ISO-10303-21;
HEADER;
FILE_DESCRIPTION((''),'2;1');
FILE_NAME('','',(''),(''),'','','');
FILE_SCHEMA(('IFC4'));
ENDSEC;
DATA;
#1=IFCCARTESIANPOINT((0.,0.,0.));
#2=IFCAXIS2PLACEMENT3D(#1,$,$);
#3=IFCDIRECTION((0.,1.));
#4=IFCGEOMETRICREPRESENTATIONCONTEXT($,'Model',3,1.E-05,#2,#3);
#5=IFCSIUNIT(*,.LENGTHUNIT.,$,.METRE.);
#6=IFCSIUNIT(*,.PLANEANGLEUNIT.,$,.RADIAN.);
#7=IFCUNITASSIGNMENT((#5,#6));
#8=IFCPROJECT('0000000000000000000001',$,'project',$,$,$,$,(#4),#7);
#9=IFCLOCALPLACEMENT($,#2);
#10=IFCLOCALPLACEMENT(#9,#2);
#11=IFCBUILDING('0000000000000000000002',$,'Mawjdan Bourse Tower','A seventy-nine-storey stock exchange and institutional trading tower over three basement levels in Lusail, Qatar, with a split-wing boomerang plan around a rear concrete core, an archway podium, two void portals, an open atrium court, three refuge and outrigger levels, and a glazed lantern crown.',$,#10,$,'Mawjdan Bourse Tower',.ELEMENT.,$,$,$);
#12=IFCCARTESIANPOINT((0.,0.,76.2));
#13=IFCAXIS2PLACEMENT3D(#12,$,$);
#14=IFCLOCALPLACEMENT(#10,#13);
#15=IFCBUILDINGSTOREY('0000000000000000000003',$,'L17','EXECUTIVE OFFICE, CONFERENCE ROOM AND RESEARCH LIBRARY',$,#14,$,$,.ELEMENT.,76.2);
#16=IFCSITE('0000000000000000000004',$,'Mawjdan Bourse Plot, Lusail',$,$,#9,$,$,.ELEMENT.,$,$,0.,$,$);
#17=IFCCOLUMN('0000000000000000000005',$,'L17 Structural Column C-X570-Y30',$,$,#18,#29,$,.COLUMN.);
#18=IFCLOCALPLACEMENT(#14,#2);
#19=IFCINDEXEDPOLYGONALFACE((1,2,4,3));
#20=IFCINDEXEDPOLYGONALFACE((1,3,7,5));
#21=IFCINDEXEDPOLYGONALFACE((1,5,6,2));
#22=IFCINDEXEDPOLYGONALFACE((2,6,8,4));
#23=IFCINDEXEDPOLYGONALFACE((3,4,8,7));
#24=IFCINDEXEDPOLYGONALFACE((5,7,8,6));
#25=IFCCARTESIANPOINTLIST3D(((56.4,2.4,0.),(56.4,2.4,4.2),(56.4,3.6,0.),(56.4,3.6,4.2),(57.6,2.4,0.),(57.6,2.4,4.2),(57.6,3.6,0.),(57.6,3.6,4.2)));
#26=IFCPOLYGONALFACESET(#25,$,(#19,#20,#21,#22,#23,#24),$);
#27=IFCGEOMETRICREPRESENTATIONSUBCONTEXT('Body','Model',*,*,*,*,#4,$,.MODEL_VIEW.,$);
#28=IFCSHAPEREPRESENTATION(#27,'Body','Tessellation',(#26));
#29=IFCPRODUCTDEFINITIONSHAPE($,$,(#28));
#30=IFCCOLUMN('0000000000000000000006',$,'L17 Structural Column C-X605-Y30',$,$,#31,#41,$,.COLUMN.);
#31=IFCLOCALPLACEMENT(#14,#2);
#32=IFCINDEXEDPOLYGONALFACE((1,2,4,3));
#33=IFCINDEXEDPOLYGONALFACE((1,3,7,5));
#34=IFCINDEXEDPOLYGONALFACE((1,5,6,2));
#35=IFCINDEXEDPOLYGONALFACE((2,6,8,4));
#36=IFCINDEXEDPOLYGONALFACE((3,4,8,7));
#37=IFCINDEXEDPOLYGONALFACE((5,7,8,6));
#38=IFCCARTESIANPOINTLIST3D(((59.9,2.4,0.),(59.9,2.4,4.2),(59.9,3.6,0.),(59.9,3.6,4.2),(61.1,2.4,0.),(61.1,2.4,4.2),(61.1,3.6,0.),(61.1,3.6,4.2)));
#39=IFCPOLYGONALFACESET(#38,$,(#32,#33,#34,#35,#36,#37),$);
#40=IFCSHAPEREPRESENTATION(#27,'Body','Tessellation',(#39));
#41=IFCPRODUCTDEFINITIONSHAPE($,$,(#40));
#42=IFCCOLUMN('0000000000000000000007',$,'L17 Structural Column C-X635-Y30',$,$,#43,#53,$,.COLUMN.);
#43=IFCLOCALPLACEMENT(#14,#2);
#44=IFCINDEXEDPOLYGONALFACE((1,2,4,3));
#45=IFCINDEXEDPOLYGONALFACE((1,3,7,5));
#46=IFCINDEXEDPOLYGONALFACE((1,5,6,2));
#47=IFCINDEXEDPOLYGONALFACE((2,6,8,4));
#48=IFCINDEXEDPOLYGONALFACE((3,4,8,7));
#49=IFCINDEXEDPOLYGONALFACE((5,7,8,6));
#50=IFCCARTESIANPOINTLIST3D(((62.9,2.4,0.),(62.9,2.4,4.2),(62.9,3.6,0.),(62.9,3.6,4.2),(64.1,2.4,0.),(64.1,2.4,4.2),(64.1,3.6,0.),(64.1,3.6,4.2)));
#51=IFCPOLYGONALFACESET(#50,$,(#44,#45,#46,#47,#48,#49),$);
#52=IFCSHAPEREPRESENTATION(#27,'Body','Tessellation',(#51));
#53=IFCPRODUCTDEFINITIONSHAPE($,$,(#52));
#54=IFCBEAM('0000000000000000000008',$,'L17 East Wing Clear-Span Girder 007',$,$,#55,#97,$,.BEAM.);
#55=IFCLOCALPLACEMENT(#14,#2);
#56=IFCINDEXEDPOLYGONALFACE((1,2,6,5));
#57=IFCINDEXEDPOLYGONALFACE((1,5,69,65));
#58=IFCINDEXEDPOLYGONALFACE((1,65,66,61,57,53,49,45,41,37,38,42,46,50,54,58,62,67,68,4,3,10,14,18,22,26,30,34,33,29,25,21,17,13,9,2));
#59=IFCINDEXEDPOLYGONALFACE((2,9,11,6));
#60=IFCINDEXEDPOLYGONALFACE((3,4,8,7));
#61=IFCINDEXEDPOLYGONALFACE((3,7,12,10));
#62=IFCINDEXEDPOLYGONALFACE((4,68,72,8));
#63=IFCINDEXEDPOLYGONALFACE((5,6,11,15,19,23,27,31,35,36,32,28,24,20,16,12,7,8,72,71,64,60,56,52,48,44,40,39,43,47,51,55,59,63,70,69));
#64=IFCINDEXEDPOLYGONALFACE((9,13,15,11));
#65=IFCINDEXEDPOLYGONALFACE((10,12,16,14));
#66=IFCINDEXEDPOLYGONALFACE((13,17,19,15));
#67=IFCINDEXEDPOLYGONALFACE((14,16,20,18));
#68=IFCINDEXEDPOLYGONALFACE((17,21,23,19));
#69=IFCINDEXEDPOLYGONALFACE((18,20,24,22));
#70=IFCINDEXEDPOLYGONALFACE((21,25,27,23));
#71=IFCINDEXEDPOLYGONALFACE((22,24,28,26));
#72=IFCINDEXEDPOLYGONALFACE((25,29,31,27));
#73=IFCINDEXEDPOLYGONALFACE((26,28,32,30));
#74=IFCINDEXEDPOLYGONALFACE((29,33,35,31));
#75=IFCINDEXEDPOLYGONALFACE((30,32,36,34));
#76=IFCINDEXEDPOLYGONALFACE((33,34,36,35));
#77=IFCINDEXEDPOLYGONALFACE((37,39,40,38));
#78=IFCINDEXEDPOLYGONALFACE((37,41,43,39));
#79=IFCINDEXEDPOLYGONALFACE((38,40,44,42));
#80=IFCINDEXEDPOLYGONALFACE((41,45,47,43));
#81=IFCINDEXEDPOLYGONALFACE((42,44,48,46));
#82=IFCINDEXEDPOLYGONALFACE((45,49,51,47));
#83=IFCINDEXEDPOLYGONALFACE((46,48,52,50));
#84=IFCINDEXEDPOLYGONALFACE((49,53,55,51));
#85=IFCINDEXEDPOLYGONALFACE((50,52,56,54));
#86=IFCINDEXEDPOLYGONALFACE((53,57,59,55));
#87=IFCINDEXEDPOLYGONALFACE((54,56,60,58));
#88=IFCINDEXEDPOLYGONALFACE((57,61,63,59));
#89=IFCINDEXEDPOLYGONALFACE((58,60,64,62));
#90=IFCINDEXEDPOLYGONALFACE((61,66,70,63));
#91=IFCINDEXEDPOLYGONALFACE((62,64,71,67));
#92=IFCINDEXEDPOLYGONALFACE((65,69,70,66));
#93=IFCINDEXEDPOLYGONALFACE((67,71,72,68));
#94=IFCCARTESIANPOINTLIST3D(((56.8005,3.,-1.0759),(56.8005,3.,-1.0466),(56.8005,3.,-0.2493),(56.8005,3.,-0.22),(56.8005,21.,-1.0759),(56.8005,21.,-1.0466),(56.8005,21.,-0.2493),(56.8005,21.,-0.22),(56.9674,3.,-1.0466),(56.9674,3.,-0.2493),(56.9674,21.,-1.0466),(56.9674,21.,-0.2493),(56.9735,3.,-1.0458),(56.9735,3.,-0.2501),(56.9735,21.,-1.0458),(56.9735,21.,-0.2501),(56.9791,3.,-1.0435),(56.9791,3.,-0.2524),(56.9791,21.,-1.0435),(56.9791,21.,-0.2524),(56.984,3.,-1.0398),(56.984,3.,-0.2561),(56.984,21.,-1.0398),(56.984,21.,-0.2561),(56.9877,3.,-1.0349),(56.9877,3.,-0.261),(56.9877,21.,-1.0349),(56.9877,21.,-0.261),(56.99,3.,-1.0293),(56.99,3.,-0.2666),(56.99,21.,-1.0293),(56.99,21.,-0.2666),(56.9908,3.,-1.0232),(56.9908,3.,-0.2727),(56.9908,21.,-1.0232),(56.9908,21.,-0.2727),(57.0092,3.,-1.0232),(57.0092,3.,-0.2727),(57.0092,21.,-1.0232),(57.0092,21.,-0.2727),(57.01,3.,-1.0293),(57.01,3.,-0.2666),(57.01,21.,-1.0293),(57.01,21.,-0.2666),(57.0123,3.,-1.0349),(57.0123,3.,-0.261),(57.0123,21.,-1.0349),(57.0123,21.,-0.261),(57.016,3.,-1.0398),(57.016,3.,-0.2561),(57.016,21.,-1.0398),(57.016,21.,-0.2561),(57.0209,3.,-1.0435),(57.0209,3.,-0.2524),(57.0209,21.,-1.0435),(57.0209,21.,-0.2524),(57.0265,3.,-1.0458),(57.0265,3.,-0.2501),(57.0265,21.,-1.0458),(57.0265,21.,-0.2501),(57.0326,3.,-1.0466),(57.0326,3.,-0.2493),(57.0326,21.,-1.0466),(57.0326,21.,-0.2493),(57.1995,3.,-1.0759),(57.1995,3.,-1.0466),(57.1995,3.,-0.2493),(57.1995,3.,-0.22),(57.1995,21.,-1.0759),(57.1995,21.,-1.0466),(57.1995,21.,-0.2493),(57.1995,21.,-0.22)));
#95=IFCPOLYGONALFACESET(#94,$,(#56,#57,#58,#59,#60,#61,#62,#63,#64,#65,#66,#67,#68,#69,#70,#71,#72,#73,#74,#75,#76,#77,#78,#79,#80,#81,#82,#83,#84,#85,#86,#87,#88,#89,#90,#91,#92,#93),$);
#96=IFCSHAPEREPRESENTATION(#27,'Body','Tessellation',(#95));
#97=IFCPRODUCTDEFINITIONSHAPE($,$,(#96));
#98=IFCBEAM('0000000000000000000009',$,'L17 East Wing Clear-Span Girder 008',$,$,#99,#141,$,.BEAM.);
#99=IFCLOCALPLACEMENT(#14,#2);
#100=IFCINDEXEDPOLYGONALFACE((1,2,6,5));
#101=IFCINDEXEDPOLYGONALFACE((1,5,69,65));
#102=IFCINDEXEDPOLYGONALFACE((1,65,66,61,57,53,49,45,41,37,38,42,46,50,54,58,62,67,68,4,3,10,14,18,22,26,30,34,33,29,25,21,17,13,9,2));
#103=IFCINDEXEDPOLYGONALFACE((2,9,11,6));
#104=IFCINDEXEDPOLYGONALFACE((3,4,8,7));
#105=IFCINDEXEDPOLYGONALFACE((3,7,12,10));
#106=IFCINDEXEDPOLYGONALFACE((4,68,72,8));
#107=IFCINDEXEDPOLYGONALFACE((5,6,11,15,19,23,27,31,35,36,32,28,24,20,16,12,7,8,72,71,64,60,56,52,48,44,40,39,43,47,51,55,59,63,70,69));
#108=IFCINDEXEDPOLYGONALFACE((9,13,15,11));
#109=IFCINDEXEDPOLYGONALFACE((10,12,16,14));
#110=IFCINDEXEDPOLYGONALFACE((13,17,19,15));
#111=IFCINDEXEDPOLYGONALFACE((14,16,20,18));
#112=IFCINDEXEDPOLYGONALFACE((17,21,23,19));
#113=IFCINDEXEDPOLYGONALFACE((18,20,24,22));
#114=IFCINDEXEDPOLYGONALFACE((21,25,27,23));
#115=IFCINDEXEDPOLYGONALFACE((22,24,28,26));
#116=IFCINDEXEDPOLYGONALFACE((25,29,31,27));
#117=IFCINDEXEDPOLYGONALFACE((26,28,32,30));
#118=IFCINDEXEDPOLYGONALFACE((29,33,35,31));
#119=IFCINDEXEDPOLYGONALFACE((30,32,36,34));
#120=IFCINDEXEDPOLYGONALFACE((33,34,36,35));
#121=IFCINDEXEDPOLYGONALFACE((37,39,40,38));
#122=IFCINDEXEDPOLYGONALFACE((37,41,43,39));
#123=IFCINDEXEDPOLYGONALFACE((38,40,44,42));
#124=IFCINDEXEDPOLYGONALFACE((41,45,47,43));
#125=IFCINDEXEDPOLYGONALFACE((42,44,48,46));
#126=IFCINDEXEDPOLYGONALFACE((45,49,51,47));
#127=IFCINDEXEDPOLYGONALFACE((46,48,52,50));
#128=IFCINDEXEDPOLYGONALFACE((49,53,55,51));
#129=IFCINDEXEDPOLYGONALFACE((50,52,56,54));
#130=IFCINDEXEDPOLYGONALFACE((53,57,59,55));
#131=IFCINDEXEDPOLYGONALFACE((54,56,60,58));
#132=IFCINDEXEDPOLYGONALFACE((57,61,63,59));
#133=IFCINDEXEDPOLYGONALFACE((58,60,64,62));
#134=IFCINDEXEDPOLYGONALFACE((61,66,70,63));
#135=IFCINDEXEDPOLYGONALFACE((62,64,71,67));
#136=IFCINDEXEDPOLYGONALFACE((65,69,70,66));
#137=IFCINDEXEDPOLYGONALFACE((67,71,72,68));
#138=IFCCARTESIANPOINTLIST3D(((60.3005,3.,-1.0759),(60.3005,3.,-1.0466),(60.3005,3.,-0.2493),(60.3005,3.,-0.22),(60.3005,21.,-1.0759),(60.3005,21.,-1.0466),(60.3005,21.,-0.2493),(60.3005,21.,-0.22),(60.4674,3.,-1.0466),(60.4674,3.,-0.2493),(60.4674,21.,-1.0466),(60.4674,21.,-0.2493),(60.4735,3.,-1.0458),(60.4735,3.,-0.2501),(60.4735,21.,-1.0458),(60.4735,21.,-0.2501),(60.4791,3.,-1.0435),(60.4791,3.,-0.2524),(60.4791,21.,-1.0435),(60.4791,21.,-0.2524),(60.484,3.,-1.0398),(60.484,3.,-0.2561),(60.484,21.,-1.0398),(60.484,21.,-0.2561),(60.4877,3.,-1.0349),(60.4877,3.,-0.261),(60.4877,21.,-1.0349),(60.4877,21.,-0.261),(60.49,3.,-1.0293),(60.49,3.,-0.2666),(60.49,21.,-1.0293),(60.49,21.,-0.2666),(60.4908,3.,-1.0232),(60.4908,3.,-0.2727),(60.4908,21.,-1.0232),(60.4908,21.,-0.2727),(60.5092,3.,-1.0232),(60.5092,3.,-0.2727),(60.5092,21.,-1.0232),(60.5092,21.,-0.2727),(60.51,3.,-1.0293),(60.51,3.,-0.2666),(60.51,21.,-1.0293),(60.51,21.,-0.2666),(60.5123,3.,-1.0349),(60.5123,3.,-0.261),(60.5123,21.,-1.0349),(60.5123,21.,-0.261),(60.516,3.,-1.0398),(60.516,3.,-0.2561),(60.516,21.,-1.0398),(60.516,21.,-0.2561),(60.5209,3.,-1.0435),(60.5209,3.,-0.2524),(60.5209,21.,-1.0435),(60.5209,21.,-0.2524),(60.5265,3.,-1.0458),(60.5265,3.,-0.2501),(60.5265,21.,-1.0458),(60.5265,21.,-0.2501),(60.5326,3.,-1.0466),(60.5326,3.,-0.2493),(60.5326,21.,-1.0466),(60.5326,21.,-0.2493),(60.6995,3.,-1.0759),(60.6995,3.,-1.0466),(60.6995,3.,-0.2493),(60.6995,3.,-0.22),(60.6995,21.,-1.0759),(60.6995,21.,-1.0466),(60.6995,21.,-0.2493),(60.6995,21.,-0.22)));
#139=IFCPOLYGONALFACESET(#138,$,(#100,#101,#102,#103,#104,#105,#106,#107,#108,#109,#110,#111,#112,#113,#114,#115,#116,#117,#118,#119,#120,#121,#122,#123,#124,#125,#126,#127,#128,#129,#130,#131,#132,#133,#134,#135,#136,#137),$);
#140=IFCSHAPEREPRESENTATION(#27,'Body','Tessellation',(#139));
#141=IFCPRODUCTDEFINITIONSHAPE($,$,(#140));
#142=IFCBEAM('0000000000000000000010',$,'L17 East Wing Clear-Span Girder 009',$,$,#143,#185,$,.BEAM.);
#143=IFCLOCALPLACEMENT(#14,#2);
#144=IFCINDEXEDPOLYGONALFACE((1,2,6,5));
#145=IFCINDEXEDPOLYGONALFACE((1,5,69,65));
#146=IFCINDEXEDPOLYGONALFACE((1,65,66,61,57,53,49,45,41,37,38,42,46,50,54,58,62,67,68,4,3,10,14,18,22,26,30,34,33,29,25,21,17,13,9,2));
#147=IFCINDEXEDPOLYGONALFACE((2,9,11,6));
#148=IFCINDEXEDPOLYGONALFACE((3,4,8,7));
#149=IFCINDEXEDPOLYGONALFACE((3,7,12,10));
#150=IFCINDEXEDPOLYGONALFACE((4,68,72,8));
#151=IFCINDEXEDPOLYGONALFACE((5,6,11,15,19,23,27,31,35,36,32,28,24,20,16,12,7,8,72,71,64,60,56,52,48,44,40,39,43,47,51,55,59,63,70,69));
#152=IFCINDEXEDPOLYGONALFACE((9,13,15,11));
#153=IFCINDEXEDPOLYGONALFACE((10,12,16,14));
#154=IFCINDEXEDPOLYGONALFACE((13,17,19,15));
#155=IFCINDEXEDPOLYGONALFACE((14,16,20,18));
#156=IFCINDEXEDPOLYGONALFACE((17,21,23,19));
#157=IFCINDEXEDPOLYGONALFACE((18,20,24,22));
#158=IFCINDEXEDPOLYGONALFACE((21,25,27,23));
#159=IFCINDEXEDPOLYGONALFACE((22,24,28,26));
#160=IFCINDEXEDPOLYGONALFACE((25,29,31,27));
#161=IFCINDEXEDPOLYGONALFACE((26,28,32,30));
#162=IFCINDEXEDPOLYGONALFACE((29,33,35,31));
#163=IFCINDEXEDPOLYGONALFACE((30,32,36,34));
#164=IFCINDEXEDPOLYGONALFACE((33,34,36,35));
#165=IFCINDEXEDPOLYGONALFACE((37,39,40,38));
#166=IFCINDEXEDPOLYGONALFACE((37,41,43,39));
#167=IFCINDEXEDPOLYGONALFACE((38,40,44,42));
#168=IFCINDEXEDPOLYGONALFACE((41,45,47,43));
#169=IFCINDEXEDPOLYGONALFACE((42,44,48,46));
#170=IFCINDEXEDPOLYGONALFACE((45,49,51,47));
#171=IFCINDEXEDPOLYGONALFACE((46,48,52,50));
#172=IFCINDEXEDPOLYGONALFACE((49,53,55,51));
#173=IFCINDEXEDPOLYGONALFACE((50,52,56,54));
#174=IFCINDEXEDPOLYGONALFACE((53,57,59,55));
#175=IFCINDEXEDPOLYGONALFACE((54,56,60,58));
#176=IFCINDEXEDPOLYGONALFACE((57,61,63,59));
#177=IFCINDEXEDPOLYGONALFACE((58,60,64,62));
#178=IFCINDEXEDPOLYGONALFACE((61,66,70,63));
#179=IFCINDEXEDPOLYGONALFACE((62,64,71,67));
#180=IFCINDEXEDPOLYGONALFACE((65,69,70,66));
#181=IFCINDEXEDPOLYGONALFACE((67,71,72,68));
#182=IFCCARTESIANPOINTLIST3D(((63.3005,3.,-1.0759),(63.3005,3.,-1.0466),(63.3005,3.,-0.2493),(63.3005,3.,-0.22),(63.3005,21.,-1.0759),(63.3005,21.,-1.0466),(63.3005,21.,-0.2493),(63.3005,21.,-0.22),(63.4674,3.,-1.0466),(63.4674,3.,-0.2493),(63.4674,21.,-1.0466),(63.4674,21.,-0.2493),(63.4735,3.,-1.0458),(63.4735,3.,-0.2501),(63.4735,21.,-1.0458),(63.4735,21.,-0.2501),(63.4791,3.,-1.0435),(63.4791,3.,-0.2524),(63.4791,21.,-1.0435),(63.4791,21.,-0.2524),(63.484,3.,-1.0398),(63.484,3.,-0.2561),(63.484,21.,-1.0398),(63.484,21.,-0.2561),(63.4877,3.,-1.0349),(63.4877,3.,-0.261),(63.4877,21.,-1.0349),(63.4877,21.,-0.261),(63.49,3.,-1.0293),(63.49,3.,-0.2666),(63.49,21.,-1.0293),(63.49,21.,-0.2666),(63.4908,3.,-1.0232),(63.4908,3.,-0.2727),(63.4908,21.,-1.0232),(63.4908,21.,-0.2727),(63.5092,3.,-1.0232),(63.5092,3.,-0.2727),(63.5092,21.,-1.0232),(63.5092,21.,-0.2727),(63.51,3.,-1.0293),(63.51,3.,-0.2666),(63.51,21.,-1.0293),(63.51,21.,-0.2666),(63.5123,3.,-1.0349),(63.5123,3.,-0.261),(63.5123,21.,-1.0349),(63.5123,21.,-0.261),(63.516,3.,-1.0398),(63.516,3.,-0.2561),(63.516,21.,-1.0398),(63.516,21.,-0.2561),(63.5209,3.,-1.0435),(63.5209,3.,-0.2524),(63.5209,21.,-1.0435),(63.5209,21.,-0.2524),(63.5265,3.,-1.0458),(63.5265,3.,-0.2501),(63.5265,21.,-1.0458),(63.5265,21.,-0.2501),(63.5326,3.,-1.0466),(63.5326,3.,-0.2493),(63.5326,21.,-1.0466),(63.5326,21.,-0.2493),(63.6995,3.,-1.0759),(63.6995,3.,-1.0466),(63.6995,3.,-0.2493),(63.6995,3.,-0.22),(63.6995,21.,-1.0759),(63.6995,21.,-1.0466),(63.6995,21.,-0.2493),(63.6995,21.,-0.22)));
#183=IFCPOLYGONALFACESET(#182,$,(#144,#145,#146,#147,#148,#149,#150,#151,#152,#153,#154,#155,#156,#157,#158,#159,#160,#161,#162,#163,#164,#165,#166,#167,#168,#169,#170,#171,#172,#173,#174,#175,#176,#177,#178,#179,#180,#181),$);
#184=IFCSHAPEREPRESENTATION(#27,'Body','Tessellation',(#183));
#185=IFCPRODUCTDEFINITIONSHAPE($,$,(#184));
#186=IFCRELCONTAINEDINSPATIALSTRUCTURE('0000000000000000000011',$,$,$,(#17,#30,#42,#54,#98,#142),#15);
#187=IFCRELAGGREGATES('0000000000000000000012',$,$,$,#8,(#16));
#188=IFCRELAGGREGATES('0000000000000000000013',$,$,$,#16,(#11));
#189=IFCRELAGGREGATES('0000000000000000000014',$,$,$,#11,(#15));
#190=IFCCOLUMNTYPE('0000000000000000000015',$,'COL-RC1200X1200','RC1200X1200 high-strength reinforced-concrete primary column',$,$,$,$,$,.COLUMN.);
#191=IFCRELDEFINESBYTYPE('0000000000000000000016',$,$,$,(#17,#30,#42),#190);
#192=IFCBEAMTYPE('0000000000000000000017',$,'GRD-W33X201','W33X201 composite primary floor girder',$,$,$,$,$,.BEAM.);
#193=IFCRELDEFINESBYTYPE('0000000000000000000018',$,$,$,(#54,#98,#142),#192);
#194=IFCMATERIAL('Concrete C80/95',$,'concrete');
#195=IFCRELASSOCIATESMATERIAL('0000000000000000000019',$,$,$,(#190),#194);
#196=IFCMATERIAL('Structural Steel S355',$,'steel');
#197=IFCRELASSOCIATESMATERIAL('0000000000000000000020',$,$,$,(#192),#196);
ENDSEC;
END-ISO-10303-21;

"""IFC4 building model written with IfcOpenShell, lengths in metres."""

from ifc_helpers import new_model, si_unit, direction, frame, origin, origin_2d, place, context, subcontext, project, spatial, rectangle, i_section, extrude, material, material_profile, profile_set, type_object, element, save


model = new_model("IFC4")

# Units and contexts
model_context = context("Model", 3, precision=1e-05, world=origin(), true_north=direction((0.0, 1.0)))
body_context = subcontext(model_context, "Body", "Model", "MODEL_VIEW")
ifc_project = project(units=[si_unit("LENGTHUNIT", "METRE"), si_unit("PLANEANGLEUNIT", "RADIAN")], contexts=[model_context])

# Site, building, storey
site_placement = place(None, origin())
site = spatial("IfcSite", under=ifc_project, at=site_placement, Name="Mawjdan Bourse Plot, Lusail", CompositionType="ELEMENT", RefElevation=0.0)
building_placement = place(site_placement, origin())
building = spatial("IfcBuilding", under=site, at=building_placement, Name="Mawjdan Bourse Tower", Description="A seventy-nine-storey stock exchange and institutional trading tower over three basement levels in Lusail, Qatar, with a split-wing boomerang plan around a rear concrete core, an archway podium, two void portals, an open atrium court, three refuge and outrigger levels, and a glazed lantern crown.", LongName="Mawjdan Bourse Tower", CompositionType="ELEMENT")
storey_placement = place(building_placement, frame((0.0, 0.0, 76.2)))
storey = spatial("IfcBuildingStorey", under=building, at=storey_placement, Name="L17", Description="EXECUTIVE OFFICE, CONFERENCE ROOM AND RESEARCH LIBRARY", CompositionType="ELEMENT", Elevation=76.2)

# Columns
ifc_material_1 = material(Name="Concrete C80/95", Category="concrete")
ifc_material_profile_1 = material_profile(ifc_material_1, rectangle(XDim=1.2, YDim=1.2, at=origin_2d()), Name="RC1200X1200")
ifc_profile_set_1 = profile_set([ifc_material_profile_1], Name="Concrete C80/95")
column_type = type_object("IfcColumnType", Name="COL-RC1200X1200", Description="RC1200X1200 high-strength reinforced-concrete primary column", PredefinedType="COLUMN", material=ifc_profile_set_1)
for number, where, z_axis, x_axis, name in (
    (1, (57.0, 3.0, 0.0), (0.0, 0.0, 1.0), (1.0, 0.0, 0.0), "L17 Structural Column C-X570-Y30"),
    (2, (60.5, 3.0, 0.0), (0.0, 0.0, 1.0), (1.0, 0.0, 0.0), "L17 Structural Column C-X605-Y30"),
    (3, (63.5, 3.0, 0.0), (0.0, 0.0, 1.0), (1.0, 0.0, 0.0), "L17 Structural Column C-X635-Y30"),
):
    element("IfcColumn", number, at=place(storey_placement, frame(where, z_axis=z_axis, x_axis=x_axis)), inside=storey, type_object=column_type, Name=name, PredefinedType="COLUMN", context=body_context, shape_type="SweptSolid", body=[
        extrude(rectangle(XDim=1.2, YDim=1.2, at=origin_2d()), origin(), (0.0, 0.0, 1.0), 4.2),
    ])

# Beams
ifc_material_2 = material(Name="Structural Steel S355", Category="steel")
ifc_material_profile_2 = material_profile(ifc_material_2, i_section(OverallWidth=0.3989, OverallDepth=0.856, WebThickness=0.0183, FlangeThickness=0.0293, FilletRadius=0.0234, at=origin_2d()), Name="W33X201")
ifc_profile_set_2 = profile_set([ifc_material_profile_2], Name="Structural Steel S355")
beam_type_1 = type_object("IfcBeamType", Name="GRD-W33X201", Description="W33X201 composite primary floor girder", PredefinedType="BEAM", material=ifc_profile_set_2)
for number, where, z_axis, x_axis, name in (
    (4, (57.0, 3.0, -0.6479), (0.0, 1.0, 0.0), (-1.0, 0.0, 0.0), "L17 East Wing Clear-Span Girder 007"),
    (5, (60.5, 3.0, -0.6479), (0.0, 1.0, 0.0), (-1.0, 0.0, 0.0), "L17 East Wing Clear-Span Girder 008"),
    (6, (63.5, 3.0, -0.6479), (0.0, 1.0, 0.0), (-1.0, 0.0, 0.0), "L17 East Wing Clear-Span Girder 009"),
):
    element("IfcBeam", number, at=place(storey_placement, frame(where, z_axis=z_axis, x_axis=x_axis)), inside=storey, type_object=beam_type_1, Name=name, PredefinedType="BEAM", context=body_context, shape_type="SweptSolid", body=[
        extrude(i_section(OverallWidth=0.3989, OverallDepth=0.856, WebThickness=0.0183, FlangeThickness=0.0293, FilletRadius=0.0234, at=origin_2d()), origin(), (0.0, 0.0, 1.0), 18.0),
    ])

save(model, "model.ifc")
